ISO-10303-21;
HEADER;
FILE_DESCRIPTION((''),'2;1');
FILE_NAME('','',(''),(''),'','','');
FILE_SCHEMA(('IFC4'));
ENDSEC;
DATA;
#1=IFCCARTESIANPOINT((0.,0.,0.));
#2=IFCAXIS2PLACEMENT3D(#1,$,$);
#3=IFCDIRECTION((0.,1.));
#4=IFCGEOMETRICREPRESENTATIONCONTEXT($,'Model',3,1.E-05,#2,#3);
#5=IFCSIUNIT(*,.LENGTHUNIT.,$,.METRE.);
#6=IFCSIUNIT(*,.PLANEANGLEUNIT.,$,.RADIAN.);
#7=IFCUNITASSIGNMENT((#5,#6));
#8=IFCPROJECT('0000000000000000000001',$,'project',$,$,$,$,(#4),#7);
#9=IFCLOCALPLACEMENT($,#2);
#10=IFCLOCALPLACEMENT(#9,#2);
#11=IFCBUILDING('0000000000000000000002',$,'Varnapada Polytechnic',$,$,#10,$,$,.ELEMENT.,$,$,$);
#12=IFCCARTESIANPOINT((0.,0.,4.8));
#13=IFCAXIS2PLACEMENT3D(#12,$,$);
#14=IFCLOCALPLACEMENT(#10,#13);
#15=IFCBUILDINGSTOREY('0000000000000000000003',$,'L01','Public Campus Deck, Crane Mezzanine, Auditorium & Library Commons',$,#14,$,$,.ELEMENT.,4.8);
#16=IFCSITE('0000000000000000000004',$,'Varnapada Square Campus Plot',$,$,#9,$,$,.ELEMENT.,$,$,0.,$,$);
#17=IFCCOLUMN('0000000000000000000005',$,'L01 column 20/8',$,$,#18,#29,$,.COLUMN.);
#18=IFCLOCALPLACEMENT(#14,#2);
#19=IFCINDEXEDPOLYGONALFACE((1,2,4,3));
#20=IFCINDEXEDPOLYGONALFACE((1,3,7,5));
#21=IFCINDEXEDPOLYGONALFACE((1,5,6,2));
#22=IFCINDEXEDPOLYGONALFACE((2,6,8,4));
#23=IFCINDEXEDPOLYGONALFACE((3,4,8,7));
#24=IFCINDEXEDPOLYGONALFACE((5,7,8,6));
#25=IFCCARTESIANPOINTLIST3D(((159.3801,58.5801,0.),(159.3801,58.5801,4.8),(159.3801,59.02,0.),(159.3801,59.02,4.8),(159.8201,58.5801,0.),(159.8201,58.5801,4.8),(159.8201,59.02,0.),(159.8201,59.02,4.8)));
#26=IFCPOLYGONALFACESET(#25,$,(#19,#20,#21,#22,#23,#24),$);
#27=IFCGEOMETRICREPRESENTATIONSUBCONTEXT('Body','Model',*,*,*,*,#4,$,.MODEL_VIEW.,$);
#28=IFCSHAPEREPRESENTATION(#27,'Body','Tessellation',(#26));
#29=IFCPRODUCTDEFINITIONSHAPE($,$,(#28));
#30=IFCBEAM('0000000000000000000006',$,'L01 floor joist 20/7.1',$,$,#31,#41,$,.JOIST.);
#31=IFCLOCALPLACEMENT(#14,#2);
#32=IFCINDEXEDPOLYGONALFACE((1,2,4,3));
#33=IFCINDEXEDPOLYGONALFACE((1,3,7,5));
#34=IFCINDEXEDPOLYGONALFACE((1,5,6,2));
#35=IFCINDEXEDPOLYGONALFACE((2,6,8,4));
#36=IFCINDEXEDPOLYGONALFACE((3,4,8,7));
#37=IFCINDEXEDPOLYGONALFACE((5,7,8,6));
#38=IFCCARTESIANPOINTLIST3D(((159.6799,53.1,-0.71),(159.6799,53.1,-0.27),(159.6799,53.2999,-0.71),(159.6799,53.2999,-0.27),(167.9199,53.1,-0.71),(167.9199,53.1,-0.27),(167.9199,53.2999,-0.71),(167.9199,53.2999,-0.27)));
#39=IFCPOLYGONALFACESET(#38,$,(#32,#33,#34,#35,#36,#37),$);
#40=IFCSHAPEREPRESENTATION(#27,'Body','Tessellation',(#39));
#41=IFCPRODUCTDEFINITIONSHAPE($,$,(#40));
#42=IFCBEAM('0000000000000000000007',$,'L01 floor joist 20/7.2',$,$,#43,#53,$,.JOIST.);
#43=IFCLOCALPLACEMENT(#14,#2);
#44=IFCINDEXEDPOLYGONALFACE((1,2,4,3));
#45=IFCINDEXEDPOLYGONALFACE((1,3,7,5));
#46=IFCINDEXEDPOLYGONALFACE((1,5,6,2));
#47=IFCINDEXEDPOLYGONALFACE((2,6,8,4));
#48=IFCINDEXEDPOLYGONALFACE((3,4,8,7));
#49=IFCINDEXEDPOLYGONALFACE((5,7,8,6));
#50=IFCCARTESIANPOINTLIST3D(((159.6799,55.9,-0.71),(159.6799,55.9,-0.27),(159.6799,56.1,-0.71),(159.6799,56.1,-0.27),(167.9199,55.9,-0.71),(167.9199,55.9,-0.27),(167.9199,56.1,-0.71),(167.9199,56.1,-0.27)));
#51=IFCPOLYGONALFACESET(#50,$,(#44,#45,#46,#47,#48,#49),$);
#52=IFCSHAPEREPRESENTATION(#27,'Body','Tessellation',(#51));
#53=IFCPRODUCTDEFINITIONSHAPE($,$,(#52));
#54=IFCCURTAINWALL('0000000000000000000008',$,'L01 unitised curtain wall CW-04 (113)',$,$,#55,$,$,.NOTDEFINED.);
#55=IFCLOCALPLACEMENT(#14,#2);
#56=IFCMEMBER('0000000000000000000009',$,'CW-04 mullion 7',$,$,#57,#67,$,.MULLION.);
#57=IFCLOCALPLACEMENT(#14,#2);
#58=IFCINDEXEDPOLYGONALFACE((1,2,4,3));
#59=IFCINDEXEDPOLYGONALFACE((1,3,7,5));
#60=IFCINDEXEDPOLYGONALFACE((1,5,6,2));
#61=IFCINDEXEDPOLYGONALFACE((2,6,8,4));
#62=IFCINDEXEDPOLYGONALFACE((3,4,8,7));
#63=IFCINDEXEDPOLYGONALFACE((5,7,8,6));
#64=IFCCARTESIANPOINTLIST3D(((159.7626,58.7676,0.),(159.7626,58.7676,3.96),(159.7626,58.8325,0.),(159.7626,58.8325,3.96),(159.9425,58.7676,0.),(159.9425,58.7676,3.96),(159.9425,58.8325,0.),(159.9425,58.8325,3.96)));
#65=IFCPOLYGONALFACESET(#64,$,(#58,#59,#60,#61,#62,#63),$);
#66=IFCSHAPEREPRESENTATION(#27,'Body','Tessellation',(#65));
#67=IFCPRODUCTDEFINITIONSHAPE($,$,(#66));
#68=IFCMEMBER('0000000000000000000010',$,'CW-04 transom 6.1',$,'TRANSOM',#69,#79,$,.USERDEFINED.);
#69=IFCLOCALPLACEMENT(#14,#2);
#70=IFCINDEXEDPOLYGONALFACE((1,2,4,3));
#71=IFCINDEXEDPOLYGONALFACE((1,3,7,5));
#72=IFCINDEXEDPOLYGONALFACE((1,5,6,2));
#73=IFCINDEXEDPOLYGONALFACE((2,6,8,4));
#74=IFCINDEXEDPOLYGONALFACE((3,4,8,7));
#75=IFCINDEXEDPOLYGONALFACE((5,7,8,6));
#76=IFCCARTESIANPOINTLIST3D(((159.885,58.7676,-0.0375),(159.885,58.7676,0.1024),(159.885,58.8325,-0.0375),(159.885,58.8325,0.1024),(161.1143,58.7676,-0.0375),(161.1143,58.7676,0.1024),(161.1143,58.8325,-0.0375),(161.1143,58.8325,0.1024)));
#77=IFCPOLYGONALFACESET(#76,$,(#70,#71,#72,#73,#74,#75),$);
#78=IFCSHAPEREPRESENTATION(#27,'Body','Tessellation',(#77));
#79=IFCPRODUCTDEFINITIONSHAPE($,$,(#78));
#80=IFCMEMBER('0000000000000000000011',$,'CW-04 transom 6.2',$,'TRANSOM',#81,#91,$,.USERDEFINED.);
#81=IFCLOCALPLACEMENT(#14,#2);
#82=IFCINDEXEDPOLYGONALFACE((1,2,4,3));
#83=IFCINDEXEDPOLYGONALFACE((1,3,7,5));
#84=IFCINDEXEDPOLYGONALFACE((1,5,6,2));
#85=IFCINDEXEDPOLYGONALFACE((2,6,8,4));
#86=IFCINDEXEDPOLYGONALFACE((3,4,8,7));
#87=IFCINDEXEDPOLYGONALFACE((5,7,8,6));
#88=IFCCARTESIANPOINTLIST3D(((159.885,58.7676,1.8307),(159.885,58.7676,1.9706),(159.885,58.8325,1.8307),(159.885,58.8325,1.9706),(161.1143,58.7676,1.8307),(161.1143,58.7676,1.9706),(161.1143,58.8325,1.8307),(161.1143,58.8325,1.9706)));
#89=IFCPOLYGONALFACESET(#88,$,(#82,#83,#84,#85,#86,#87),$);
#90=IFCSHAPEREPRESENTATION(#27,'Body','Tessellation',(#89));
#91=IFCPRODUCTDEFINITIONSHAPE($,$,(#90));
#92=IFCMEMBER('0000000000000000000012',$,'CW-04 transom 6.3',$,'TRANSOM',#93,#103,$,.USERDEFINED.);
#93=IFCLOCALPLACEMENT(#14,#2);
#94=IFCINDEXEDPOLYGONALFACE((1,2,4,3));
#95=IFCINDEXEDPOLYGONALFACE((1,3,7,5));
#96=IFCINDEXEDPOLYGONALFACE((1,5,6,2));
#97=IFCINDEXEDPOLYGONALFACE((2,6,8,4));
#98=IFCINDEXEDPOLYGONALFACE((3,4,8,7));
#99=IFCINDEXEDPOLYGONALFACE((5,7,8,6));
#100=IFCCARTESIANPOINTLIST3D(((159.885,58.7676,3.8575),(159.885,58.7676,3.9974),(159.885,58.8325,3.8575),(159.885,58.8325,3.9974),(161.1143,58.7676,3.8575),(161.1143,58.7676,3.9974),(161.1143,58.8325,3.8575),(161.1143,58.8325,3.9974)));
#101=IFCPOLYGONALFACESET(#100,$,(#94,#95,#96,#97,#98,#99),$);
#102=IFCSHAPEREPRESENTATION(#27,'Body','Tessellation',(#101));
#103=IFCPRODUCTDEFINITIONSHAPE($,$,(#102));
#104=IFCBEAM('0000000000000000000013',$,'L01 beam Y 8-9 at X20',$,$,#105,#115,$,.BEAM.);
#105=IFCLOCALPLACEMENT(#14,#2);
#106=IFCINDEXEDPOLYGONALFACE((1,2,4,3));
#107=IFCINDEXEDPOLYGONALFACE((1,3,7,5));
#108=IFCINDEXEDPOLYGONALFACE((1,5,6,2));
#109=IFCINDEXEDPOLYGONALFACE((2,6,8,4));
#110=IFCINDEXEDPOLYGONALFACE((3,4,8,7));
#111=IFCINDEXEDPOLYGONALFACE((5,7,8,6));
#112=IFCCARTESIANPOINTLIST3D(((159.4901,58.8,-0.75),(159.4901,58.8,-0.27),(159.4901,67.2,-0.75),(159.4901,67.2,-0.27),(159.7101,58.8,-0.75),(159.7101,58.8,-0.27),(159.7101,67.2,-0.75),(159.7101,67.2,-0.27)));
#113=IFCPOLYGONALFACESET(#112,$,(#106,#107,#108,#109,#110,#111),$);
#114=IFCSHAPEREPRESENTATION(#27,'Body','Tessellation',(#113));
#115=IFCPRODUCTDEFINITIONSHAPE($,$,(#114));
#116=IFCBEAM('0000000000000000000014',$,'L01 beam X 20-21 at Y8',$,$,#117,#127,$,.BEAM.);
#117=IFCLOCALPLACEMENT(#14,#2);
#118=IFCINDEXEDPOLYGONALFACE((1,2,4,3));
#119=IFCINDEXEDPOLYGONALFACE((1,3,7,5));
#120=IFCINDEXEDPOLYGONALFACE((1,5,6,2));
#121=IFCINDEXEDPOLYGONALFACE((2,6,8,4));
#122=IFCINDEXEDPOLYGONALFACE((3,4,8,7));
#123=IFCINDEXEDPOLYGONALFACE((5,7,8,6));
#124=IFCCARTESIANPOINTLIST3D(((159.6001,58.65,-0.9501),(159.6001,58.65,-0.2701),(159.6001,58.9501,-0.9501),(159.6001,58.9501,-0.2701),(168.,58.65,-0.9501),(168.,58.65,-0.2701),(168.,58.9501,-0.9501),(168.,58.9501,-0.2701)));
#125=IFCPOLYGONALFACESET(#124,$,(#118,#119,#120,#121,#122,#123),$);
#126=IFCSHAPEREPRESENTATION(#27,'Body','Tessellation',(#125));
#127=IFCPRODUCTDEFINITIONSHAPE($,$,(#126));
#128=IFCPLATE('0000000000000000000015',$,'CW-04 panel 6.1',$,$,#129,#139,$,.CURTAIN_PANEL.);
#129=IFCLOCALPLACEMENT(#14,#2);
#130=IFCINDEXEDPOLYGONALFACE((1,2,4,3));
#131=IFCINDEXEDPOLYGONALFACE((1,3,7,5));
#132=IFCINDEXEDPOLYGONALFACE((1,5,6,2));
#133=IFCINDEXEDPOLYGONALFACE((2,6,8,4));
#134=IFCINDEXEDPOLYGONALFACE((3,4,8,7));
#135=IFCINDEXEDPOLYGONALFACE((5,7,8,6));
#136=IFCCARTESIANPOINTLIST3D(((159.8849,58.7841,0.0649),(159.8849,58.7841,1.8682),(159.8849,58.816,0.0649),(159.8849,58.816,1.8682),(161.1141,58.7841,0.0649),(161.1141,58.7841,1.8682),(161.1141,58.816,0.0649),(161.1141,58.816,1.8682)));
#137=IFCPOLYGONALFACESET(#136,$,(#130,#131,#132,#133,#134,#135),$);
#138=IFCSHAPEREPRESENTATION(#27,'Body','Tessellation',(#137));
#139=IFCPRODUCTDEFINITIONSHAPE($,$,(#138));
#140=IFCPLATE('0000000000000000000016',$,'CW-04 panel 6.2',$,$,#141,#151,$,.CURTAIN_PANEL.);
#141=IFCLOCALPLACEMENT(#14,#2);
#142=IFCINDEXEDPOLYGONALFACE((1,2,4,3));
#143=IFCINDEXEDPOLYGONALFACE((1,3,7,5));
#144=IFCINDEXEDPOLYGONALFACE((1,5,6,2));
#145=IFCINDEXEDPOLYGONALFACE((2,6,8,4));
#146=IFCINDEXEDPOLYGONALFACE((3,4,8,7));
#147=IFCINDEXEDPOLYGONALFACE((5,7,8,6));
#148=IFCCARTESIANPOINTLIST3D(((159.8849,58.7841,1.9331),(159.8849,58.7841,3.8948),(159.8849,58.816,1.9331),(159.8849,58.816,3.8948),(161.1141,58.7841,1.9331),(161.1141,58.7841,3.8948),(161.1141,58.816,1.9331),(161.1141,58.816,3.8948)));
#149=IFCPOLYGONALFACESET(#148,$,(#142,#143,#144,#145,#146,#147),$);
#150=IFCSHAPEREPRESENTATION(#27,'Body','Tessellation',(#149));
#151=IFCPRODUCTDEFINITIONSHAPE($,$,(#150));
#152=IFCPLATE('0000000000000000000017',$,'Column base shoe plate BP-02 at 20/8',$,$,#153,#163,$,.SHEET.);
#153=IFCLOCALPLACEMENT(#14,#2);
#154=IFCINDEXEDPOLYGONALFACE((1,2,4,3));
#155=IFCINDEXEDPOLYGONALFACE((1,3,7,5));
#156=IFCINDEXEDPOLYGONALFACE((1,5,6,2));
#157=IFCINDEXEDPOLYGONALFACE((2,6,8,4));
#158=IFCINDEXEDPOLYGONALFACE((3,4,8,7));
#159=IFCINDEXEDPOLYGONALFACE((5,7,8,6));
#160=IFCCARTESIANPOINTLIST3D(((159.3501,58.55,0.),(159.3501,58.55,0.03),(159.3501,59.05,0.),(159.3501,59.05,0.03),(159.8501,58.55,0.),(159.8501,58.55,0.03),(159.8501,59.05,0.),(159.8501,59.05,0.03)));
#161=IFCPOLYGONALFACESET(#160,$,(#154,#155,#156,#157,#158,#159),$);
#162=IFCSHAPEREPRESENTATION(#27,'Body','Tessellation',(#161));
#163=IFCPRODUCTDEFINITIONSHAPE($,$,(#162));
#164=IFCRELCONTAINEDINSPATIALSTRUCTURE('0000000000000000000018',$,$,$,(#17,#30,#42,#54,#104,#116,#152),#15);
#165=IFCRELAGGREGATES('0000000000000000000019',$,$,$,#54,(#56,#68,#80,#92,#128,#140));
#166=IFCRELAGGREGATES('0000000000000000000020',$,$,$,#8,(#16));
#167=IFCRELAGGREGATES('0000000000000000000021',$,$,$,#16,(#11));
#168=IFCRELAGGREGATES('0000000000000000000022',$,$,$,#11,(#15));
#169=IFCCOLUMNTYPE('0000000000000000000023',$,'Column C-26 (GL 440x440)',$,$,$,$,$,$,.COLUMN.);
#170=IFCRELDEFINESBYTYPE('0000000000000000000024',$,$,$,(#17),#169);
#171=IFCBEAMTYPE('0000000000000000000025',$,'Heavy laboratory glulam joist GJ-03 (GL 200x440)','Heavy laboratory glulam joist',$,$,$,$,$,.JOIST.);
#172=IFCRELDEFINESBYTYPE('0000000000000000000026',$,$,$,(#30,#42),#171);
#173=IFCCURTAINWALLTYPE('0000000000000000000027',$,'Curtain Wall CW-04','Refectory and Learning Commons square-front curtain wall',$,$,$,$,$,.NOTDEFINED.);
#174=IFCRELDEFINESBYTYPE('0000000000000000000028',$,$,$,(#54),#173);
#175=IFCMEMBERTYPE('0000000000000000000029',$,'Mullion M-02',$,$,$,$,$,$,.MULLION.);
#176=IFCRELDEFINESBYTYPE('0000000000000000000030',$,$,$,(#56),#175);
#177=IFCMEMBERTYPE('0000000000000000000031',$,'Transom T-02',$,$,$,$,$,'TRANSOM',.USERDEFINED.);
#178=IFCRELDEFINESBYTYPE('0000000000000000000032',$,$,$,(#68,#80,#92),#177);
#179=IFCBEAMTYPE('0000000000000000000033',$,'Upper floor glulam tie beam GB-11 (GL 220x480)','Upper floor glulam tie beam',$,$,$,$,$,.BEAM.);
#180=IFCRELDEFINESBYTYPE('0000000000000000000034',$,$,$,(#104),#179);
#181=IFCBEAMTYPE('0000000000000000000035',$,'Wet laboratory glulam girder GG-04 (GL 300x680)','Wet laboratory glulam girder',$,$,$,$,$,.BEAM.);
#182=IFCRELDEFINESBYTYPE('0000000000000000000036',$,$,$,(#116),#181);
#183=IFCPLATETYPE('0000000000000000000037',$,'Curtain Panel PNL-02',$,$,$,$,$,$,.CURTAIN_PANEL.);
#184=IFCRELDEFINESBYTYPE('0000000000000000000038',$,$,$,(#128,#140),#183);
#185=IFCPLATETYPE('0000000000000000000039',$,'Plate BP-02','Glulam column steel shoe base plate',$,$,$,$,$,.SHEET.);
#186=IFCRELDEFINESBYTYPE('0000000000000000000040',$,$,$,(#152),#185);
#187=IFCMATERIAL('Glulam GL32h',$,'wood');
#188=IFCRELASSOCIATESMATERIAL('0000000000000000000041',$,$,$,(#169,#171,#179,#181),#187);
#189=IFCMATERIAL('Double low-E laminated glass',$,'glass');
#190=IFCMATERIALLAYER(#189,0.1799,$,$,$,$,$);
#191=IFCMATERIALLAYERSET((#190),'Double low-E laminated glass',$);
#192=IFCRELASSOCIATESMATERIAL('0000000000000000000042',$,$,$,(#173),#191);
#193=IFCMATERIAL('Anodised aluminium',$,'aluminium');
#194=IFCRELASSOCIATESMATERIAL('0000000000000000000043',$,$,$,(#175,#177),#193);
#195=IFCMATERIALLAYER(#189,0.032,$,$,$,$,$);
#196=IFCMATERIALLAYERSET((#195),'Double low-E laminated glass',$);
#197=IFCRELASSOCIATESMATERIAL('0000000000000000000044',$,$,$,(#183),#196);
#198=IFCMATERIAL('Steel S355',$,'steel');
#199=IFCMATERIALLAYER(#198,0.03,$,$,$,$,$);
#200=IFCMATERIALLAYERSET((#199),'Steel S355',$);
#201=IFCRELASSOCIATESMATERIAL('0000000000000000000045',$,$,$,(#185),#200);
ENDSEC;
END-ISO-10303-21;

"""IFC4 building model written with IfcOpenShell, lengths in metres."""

from ifc_helpers import new_model, si_unit, direction, frame, origin, origin_2d, place, context, subcontext, project, spatial, rectangle, extrude, material, layer, layer_set, material_profile, profile_set, type_object, element, aggregate, save


model = new_model("IFC4")

# Units and contexts
model_context = context("Model", 3, precision=1e-05, world=origin(), true_north=direction((0.0, 1.0)))
body_context = subcontext(model_context, "Body", "Model", "MODEL_VIEW")
ifc_project = project(units=[si_unit("LENGTHUNIT", "METRE"), si_unit("PLANEANGLEUNIT", "RADIAN")], contexts=[model_context])

# Site, building, storey
site_placement = place(None, origin())
site = spatial("IfcSite", under=ifc_project, at=site_placement, Name="Varnapada Square Campus Plot", CompositionType="ELEMENT", RefElevation=0.0)
building_placement = place(site_placement, origin())
building = spatial("IfcBuilding", under=site, at=building_placement, Name="Varnapada Polytechnic", CompositionType="ELEMENT")
storey_placement = place(building_placement, frame((0.0, 0.0, 4.8)))
storey = spatial("IfcBuildingStorey", under=building, at=storey_placement, Name="L01", Description="Public Campus Deck, Crane Mezzanine, Auditorium & Library Commons", CompositionType="ELEMENT", Elevation=4.8)

# Column
ifc_material_1 = material(Name="Glulam GL32h", Category="wood")
ifc_material_profile_1 = material_profile(ifc_material_1, rectangle(XDim=0.4399, YDim=0.4399, at=origin_2d()), Name="GL 440x440")
ifc_profile_set_1 = profile_set([ifc_material_profile_1], Name="Glulam GL32h")
column_type = type_object("IfcColumnType", Name="Column C-26 (GL 440x440)", PredefinedType="COLUMN", material=ifc_profile_set_1)
column_placement = place(storey_placement, frame((159.6001, 58.8, 0.0), z_axis=(0.0, 0.0, 1.0), x_axis=(1.0, 0.0, 0.0)))
element("IfcColumn", 1, at=column_placement, inside=storey, type_object=column_type, Name="L01 column 20/8", PredefinedType="COLUMN", context=body_context, shape_type="SweptSolid", body=[
    extrude(rectangle(XDim=0.4399, YDim=0.4399, at=origin_2d()), origin(), (0.0, 0.0, 1.0), 4.8),
])

# Beams
ifc_material_profile_2 = material_profile(ifc_material_1, rectangle(XDim=0.2, YDim=0.4399, at=origin_2d()), Name="GL 200x440")
ifc_profile_set_2 = profile_set([ifc_material_profile_2], Name="Glulam GL32h")
beam_type_1 = type_object("IfcBeamType", Name="Heavy laboratory glulam joist GJ-03 (GL 200x440)", Description="Heavy laboratory glulam joist", PredefinedType="JOIST", material=ifc_profile_set_2)
for number, where, z_axis, x_axis, name in (
    (2, (159.6799, 53.2, -0.49), (1.0, 0.0, 0.0), (0.0, 1.0, 0.0), "L01 floor joist 20/7.1"),
    (3, (159.6799, 56.0, -0.49), (1.0, 0.0, 0.0), (0.0, 1.0, 0.0), "L01 floor joist 20/7.2"),
):
    element("IfcBeam", number, at=place(storey_placement, frame(where, z_axis=z_axis, x_axis=x_axis)), inside=storey, type_object=beam_type_1, Name=name, PredefinedType="JOIST", context=body_context, shape_type="SweptSolid", body=[
        extrude(rectangle(XDim=0.2, YDim=0.4399, at=origin_2d()), origin(), (0.0, 0.0, 1.0), 8.24),
    ])

# Curtain wall, members
ifc_material_2 = material(Name="Double low-E laminated glass", Category="glass")
ifc_layer_1 = layer(ifc_material_2, 0.1799)
ifc_layer_set_1 = layer_set([ifc_layer_1], Name="Double low-E laminated glass")
curtain_wall_type = type_object("IfcCurtainWallType", Name="Curtain Wall CW-04", Description="Refectory and Learning Commons square-front curtain wall", PredefinedType="NOTDEFINED", material=ifc_layer_set_1)
curtain_wall_placement = place(storey_placement, origin())
curtain_wall = element("IfcCurtainWall", 4, at=curtain_wall_placement, inside=storey, type_object=curtain_wall_type, Name="L01 unitised curtain wall CW-04 (113)", PredefinedType="NOTDEFINED")
ifc_material_3 = material(Name="Anodised aluminium", Category="aluminium")
ifc_material_profile_3 = material_profile(ifc_material_3, rectangle(XDim=0.0649, YDim=0.1799, at=origin_2d()), Name="ALU M65x180")
ifc_profile_set_3 = profile_set([ifc_material_profile_3], Name="Anodised aluminium")
member_type_1 = type_object("IfcMemberType", Name="Mullion M-02", PredefinedType="MULLION", material=ifc_profile_set_3)
member_1_placement = place(storey_placement, frame((159.8525, 58.8, 0.0), z_axis=(0.0, 0.0, 1.0), x_axis=(0.0, -1.0, 0.0)))
member_1 = element("IfcMember", 5, at=member_1_placement, type_object=member_type_1, Name="CW-04 mullion 7", PredefinedType="MULLION", context=body_context, shape_type="SweptSolid", body=[
    extrude(rectangle(XDim=0.0649, YDim=0.1799, at=origin_2d()), origin(), (0.0, 0.0, 1.0), 3.96),
])
ifc_material_profile_4 = material_profile(ifc_material_3, rectangle(XDim=0.0649, YDim=0.1399, at=origin_2d()), Name="ALU T65x140")
ifc_profile_set_4 = profile_set([ifc_material_profile_4], Name="Anodised aluminium")
member_type_2 = type_object("IfcMemberType", Name="Transom T-02", ElementType="TRANSOM", PredefinedType="USERDEFINED", material=ifc_profile_set_4)
member_2_placement = place(storey_placement, frame((161.1143, 58.8, 0.0325), z_axis=(-1.0, 0.0, 0.0), x_axis=(0.0, -1.0, 0.0)))
member_2 = element("IfcMember", 6, at=member_2_placement, type_object=member_type_2, Name="CW-04 transom 6.1", ObjectType="TRANSOM", PredefinedType="USERDEFINED", context=body_context, shape_type="SweptSolid", body=[
    extrude(rectangle(XDim=0.0649, YDim=0.1399, at=origin_2d()), origin(), (0.0, 0.0, 1.0), 1.2292),
])
member_3_placement = place(storey_placement, frame((161.1143, 58.8, 1.9006), z_axis=(-1.0, 0.0, 0.0), x_axis=(0.0, -1.0, 0.0)))
member_3 = element("IfcMember", 7, at=member_3_placement, type_object=member_type_2, Name="CW-04 transom 6.2", ObjectType="TRANSOM", PredefinedType="USERDEFINED", context=body_context, shape_type="SweptSolid", body=[
    extrude(rectangle(XDim=0.0649, YDim=0.1399, at=origin_2d()), origin(), (0.0, 0.0, 1.0), 1.2292),
])
member_4_placement = place(storey_placement, frame((161.1143, 58.8, 3.9275), z_axis=(-1.0, 0.0, 0.0), x_axis=(0.0, -1.0, 0.0)))
member_4 = element("IfcMember", 8, at=member_4_placement, type_object=member_type_2, Name="CW-04 transom 6.3", ObjectType="TRANSOM", PredefinedType="USERDEFINED", context=body_context, shape_type="SweptSolid", body=[
    extrude(rectangle(XDim=0.0649, YDim=0.1399, at=origin_2d()), origin(), (0.0, 0.0, 1.0), 1.2292),
])

# Beams
ifc_material_profile_5 = material_profile(ifc_material_1, rectangle(XDim=0.22, YDim=0.48, at=origin_2d()), Name="GL 220x480")
ifc_profile_set_5 = profile_set([ifc_material_profile_5], Name="Glulam GL32h")
beam_type_2 = type_object("IfcBeamType", Name="Upper floor glulam tie beam GB-11 (GL 220x480)", Description="Upper floor glulam tie beam", PredefinedType="BEAM", material=ifc_profile_set_5)
beam_1_placement = place(storey_placement, frame((159.6001, 58.8, -0.51), z_axis=(0.0, 1.0, 0.0), x_axis=(-1.0, 0.0, 0.0)))
element("IfcBeam", 9, at=beam_1_placement, inside=storey, type_object=beam_type_2, Name="L01 beam Y 8-9 at X20", PredefinedType="BEAM", context=body_context, shape_type="SweptSolid", body=[
    extrude(rectangle(XDim=0.22, YDim=0.48, at=origin_2d()), origin(), (0.0, 0.0, 1.0), 8.3999),
])
ifc_material_profile_6 = material_profile(ifc_material_1, rectangle(XDim=0.3, YDim=0.6799, at=origin_2d()), Name="GL 300x680")
ifc_profile_set_6 = profile_set([ifc_material_profile_6], Name="Glulam GL32h")
beam_type_3 = type_object("IfcBeamType", Name="Wet laboratory glulam girder GG-04 (GL 300x680)", Description="Wet laboratory glulam girder", PredefinedType="BEAM", material=ifc_profile_set_6)
beam_2_placement = place(storey_placement, frame((159.6001, 58.8, -0.6101), z_axis=(1.0, 0.0, 0.0), x_axis=(0.0, 1.0, 0.0)))
element("IfcBeam", 10, at=beam_2_placement, inside=storey, type_object=beam_type_3, Name="L01 beam X 20-21 at Y8", PredefinedType="BEAM", context=body_context, shape_type="SweptSolid", body=[
    extrude(rectangle(XDim=0.3, YDim=0.6799, at=origin_2d()), origin(), (0.0, 0.0, 1.0), 8.3999),
])

# Plates
ifc_layer_2 = layer(ifc_material_2, 0.032)
ifc_layer_set_2 = layer_set([ifc_layer_2], Name="Double low-E laminated glass")
plate_type_1 = type_object("IfcPlateType", Name="Curtain Panel PNL-02", PredefinedType="CURTAIN_PANEL", material=ifc_layer_set_2)
plate_1_placement = place(storey_placement, frame((160.4995, 58.8, 0.0649), z_axis=(0.0, 0.0, 1.0), x_axis=(-1.0, 0.0, 0.0)))
plate_1 = element("IfcPlate", 11, at=plate_1_placement, type_object=plate_type_1, Name="CW-04 panel 6.1", PredefinedType="CURTAIN_PANEL", context=body_context, shape_type="SweptSolid", body=[
    extrude(rectangle(XDim=1.2292, YDim=0.032, at=origin_2d()), origin(), (0.0, 0.0, 1.0), 1.8032),
])
plate_2_placement = place(storey_placement, frame((160.4995, 58.8, 1.9331), z_axis=(0.0, 0.0, 1.0), x_axis=(-1.0, 0.0, 0.0)))
plate_2 = element("IfcPlate", 12, at=plate_2_placement, type_object=plate_type_1, Name="CW-04 panel 6.2", PredefinedType="CURTAIN_PANEL", context=body_context, shape_type="SweptSolid", body=[
    extrude(rectangle(XDim=1.2292, YDim=0.032, at=origin_2d()), origin(), (0.0, 0.0, 1.0), 1.9617),
])
aggregate(curtain_wall, [member_1, member_2, member_3, member_4, plate_1, plate_2])
ifc_material_4 = material(Name="Steel S355", Category="steel")
ifc_layer_3 = layer(ifc_material_4, 0.03)
ifc_layer_set_3 = layer_set([ifc_layer_3], Name="Steel S355")
plate_type_2 = type_object("IfcPlateType", Name="Plate BP-02", Description="Glulam column steel shoe base plate", PredefinedType="SHEET", material=ifc_layer_set_3)
plate_3_placement = place(storey_placement, frame((159.6001, 58.8, 0.0), z_axis=(0.0, 0.0, 1.0), x_axis=(1.0, 0.0, 0.0)))
element("IfcPlate", 13, at=plate_3_placement, inside=storey, type_object=plate_type_2, Name="Column base shoe plate BP-02 at 20/8", PredefinedType="SHEET", context=body_context, shape_type="SweptSolid", body=[
    extrude(rectangle(XDim=0.5, YDim=0.5, at=origin_2d()), origin(), (0.0, 0.0, 1.0), 0.03),
])

save(model, "model.ifc")
